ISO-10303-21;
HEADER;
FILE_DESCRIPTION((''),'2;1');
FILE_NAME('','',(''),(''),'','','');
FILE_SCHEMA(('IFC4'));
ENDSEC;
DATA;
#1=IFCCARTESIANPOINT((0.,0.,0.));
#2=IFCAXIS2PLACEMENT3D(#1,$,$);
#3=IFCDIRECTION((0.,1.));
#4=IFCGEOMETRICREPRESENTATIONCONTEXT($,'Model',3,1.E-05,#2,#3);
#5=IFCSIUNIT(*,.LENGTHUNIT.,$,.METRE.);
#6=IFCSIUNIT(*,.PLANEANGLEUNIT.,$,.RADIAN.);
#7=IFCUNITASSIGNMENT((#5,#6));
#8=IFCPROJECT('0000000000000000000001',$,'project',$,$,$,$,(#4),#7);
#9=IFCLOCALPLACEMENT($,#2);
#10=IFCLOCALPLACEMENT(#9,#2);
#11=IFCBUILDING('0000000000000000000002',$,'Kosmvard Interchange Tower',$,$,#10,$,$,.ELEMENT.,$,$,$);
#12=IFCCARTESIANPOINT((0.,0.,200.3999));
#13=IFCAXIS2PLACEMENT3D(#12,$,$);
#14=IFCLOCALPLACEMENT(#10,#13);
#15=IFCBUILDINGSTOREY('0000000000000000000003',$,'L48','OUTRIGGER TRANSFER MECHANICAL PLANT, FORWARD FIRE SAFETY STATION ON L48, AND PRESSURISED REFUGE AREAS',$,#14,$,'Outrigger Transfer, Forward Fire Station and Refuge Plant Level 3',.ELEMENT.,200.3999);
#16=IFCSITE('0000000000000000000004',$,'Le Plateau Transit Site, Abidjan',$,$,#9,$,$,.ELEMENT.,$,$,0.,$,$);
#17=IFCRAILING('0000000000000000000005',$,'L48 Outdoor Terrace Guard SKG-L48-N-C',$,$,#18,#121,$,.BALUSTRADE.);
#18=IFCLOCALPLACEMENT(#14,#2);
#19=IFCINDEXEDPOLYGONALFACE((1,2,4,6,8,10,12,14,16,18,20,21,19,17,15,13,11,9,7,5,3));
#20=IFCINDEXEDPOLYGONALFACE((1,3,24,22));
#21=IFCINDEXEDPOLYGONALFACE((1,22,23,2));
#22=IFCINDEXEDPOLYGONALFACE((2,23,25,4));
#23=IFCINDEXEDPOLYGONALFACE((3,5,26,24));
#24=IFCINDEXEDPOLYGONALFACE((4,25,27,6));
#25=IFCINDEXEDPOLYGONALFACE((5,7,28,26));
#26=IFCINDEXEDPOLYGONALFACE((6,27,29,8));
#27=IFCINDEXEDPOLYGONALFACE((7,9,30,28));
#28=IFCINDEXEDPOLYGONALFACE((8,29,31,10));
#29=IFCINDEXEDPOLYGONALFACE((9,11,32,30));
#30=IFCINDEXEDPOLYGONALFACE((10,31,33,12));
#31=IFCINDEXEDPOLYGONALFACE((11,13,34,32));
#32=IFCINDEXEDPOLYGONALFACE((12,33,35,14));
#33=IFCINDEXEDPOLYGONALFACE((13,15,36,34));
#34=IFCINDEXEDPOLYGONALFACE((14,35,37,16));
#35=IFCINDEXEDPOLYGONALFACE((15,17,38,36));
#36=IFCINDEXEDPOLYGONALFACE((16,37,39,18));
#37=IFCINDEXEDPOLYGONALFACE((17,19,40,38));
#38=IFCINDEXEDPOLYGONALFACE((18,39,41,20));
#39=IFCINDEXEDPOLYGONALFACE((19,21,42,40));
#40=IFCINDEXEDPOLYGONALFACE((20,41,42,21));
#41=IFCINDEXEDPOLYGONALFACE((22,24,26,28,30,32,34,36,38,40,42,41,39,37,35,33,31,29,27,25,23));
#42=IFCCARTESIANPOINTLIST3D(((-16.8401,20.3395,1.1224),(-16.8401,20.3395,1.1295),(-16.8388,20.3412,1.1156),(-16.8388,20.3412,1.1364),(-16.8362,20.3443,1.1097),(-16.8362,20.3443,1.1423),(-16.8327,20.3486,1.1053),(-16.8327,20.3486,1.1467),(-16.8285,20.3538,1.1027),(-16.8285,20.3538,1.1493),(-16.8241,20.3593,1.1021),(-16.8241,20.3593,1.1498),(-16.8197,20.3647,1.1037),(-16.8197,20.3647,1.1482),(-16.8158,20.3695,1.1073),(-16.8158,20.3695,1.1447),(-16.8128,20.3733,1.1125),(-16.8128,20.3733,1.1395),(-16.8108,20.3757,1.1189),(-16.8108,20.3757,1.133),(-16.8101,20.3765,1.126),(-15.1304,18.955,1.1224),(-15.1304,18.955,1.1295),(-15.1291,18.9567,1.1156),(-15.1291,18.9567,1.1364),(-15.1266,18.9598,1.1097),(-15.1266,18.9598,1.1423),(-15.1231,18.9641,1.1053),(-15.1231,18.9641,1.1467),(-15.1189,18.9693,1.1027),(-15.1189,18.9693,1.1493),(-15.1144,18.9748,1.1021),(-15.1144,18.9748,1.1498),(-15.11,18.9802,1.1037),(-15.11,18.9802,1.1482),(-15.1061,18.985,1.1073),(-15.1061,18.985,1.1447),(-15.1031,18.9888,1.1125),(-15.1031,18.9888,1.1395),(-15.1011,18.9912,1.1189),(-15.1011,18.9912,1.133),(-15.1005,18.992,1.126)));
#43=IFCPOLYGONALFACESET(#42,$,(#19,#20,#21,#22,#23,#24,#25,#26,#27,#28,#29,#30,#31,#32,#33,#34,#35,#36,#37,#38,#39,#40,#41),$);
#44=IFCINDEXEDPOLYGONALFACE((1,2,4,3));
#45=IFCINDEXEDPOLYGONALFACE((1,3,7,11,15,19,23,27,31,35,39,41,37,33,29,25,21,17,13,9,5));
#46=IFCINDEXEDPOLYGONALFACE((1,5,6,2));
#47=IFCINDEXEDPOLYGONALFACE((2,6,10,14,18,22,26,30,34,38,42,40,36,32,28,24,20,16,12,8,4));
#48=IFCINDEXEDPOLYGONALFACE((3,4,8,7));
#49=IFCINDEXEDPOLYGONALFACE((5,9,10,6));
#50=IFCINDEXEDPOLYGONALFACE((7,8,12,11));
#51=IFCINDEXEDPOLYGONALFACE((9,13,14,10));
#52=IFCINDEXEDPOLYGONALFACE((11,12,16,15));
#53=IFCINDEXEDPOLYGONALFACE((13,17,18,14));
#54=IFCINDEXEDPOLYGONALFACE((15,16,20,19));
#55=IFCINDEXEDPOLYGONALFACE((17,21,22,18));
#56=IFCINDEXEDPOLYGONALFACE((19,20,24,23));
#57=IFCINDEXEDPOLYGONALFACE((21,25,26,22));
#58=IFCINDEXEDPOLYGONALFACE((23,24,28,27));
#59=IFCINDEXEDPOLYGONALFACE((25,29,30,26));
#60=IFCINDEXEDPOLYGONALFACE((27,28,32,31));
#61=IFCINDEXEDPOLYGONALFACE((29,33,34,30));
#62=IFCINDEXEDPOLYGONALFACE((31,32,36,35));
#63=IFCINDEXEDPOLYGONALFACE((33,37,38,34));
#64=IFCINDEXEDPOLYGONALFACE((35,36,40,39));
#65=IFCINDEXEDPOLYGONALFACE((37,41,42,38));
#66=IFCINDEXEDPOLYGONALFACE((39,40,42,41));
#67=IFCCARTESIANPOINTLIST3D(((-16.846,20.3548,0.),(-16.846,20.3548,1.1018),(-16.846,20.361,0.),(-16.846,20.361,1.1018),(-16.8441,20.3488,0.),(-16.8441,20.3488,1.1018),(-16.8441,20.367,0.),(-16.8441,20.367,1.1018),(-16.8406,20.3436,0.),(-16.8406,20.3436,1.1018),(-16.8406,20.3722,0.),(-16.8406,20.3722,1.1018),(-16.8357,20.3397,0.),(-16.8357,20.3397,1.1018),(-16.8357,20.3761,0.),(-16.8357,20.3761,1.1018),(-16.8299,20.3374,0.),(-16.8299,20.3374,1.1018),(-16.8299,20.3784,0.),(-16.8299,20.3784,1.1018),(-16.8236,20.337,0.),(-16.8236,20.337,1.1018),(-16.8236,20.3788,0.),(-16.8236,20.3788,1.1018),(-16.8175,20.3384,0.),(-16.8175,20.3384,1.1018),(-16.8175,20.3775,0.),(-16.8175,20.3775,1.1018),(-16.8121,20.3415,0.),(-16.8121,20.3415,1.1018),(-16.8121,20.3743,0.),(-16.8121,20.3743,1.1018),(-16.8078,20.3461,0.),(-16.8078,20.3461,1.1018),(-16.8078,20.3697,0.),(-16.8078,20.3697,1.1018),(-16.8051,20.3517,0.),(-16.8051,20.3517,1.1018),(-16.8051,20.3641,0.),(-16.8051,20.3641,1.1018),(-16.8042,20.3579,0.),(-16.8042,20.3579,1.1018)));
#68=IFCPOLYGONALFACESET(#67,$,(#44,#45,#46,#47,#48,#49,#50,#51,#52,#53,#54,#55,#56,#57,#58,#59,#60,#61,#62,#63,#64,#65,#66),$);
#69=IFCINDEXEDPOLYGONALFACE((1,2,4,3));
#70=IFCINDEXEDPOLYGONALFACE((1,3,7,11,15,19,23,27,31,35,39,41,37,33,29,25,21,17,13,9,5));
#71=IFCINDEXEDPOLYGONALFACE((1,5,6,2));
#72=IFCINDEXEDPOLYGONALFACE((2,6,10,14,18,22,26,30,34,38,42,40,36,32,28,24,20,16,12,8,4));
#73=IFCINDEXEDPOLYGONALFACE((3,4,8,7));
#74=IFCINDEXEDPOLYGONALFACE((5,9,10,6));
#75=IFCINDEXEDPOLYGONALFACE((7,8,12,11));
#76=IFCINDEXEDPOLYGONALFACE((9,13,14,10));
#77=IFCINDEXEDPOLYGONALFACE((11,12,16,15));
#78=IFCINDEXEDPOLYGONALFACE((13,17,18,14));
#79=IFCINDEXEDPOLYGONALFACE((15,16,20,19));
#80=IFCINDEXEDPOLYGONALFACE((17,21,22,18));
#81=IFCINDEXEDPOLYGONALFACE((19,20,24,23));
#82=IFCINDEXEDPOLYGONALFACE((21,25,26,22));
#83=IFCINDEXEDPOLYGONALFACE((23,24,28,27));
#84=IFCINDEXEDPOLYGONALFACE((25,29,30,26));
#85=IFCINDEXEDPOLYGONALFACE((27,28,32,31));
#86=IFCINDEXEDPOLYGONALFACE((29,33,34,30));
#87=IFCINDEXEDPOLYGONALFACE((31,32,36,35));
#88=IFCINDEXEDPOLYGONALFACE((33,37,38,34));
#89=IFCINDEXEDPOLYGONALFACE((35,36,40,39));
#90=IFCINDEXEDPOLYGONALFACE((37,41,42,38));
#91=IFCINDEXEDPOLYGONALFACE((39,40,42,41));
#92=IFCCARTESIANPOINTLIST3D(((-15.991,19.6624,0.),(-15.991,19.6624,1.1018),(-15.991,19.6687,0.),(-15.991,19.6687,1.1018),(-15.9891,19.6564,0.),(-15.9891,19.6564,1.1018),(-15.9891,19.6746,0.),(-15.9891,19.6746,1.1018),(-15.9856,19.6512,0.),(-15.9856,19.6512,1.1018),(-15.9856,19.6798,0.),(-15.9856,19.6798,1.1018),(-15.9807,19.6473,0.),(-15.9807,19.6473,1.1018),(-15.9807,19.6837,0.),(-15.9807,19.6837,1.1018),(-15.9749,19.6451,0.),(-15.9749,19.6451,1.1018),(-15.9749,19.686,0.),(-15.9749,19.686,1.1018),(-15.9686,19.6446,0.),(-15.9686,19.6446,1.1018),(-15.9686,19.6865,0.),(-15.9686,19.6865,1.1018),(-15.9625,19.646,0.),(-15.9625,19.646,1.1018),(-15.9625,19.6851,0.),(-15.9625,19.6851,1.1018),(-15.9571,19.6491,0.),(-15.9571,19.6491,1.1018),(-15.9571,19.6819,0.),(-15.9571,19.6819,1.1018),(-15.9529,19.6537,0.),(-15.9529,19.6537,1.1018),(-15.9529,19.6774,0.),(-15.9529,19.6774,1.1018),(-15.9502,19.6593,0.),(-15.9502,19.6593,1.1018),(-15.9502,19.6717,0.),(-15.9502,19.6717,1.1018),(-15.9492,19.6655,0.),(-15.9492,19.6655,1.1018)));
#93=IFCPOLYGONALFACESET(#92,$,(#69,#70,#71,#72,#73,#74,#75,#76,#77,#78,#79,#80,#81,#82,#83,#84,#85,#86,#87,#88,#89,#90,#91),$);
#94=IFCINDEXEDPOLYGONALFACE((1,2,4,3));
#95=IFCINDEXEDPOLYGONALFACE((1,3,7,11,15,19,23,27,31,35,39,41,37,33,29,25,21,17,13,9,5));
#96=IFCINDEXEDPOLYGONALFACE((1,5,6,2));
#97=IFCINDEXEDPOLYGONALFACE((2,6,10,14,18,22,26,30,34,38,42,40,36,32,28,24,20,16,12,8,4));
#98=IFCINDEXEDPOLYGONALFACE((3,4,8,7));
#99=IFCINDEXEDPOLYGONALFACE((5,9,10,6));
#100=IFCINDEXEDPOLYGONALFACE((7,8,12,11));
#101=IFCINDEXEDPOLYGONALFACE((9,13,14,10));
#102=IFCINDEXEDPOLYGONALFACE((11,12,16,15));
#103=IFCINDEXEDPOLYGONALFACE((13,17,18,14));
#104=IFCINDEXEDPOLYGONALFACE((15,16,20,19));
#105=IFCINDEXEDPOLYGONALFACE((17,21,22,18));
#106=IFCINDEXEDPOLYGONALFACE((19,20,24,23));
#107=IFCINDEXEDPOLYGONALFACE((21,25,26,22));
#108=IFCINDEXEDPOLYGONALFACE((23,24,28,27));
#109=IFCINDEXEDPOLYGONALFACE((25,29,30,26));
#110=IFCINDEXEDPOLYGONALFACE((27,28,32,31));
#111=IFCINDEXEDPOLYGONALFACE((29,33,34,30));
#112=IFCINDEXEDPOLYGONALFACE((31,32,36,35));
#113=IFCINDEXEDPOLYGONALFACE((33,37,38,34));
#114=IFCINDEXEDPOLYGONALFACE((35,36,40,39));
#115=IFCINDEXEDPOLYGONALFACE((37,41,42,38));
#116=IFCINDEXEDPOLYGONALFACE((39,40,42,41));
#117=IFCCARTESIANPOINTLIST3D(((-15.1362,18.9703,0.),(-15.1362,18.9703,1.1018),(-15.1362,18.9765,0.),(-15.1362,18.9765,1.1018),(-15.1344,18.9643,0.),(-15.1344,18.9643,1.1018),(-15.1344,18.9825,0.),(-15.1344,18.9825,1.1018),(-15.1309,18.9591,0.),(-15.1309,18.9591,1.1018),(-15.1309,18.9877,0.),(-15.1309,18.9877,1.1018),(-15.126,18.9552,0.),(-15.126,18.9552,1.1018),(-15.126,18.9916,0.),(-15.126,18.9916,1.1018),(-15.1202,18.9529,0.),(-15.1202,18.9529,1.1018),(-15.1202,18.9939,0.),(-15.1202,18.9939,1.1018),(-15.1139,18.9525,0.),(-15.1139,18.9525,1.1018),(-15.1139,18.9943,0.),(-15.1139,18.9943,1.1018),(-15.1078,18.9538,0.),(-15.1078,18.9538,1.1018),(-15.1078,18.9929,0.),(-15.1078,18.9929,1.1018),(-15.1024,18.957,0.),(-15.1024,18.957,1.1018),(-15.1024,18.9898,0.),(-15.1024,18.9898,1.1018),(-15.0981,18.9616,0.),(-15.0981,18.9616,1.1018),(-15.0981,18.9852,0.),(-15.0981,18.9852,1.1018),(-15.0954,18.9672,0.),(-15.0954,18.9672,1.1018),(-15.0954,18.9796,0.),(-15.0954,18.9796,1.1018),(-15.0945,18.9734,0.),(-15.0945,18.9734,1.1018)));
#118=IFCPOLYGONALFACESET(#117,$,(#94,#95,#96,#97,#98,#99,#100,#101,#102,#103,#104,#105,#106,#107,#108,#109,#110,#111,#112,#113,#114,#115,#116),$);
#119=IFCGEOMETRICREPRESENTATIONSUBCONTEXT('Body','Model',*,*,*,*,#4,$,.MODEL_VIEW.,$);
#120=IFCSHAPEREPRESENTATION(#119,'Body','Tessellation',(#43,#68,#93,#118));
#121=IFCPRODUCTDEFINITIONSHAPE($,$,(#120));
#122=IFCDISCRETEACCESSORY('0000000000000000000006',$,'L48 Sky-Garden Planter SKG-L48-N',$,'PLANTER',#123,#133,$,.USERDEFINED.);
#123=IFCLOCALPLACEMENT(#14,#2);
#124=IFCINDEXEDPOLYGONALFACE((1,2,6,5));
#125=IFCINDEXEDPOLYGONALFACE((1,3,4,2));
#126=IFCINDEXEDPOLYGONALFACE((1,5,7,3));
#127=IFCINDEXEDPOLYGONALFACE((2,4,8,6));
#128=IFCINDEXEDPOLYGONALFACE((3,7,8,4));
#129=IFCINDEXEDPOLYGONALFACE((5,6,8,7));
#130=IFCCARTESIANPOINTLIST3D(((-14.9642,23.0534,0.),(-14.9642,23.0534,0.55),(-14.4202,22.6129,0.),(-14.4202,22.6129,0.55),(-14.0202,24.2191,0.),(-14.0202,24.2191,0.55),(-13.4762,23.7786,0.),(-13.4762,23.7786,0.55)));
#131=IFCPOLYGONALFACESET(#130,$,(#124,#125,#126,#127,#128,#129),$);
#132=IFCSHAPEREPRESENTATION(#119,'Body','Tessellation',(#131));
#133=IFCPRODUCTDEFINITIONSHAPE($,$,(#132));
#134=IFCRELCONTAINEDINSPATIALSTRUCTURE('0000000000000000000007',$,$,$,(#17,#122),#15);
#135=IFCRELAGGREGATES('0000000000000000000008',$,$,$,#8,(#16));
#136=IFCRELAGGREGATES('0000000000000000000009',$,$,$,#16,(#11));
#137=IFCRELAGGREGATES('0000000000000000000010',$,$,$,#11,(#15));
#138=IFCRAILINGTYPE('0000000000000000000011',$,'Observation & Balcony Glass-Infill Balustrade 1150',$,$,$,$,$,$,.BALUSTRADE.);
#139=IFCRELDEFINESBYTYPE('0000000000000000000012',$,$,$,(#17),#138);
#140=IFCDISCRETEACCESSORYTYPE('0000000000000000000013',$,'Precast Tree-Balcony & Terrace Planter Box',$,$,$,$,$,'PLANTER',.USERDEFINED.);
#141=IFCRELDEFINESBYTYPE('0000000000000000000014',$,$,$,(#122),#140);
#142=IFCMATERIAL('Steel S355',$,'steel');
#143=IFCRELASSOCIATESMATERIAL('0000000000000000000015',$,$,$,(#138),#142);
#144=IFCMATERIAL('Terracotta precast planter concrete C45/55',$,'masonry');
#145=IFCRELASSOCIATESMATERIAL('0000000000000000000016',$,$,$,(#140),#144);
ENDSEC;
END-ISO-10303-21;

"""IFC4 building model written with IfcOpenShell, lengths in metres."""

from ifc_helpers import new_model, si_unit, direction, frame, origin, origin_2d, place, context, subcontext, project, spatial, rectangle, circle, extrude, source, transform, mapped, material, type_object, element, save


model = new_model("IFC4")

# Units and contexts
model_context = context("Model", 3, precision=1e-05, world=origin(), true_north=direction((0.0, 1.0)))
body_context = subcontext(model_context, "Body", "Model", "MODEL_VIEW")
ifc_project = project(units=[si_unit("LENGTHUNIT", "METRE"), si_unit("PLANEANGLEUNIT", "RADIAN")], contexts=[model_context])

# Site, building, storey
site_placement = place(None, origin())
site = spatial("IfcSite", under=ifc_project, at=site_placement, Name="Le Plateau Transit Site, Abidjan", CompositionType="ELEMENT", RefElevation=0.0)
building_placement = place(site_placement, origin())
building = spatial("IfcBuilding", under=site, at=building_placement, Name="Kosmvard Interchange Tower", CompositionType="ELEMENT")
storey_placement = place(building_placement, frame((0.0, 0.0, 200.3999)))
storey = spatial("IfcBuildingStorey", under=building, at=storey_placement, Name="L48", Description="OUTRIGGER TRANSFER MECHANICAL PLANT, FORWARD FIRE SAFETY STATION ON L48, AND PRESSURISED REFUGE AREAS", LongName="Outrigger Transfer, Forward Fire Station and Refuge Plant Level 3", CompositionType="ELEMENT", Elevation=200.3999)

# Shared definitions
ifc_material_1 = material(Name="Steel S355", Category="steel")

# Railing
railing_type = type_object("IfcRailingType", Name="Observation & Balcony Glass-Infill Balustrade 1150", PredefinedType="BALUSTRADE", material=ifc_material_1)
shared_shape_1 = source(origin(), body_context, "Body", "SweptSolid", [
    extrude(circle(Radius=0.0239, at=origin_2d()), frame((0.0, 0.0, 1.126), z_axis=(0.777141, -0.629326, 0.0), x_axis=(0.629326, 0.777141, 0.0)), (0.0, 0.0, 1.0), 2.2),
    extrude(circle(Radius=0.021, at=origin_2d()), origin(), (0.0, 0.0, 1.0), 1.1018),
    extrude(circle(Radius=0.021, at=origin_2d()), frame((0.855, -0.6924, 0.0)), (0.0, 0.0, 1.0), 1.1018),
    extrude(circle(Radius=0.021, at=origin_2d()), frame((1.7097, -1.3845, 0.0)), (0.0, 0.0, 1.0), 1.1018),
])
railing_1_placement = place(storey_placement, frame((-16.8252, 20.3579, 0.0)))
element("IfcRailing", 1, at=railing_1_placement, inside=storey, type_object=railing_type, Name="L48 Outdoor Terrace Guard SKG-L48-N-C", PredefinedType="BALUSTRADE", context=body_context, shape_type="MappedRepresentation", body=[
    mapped(shared_shape_1, transform((0.0, 0.0, 0.0), scale=1.0)),
])

# Discrete accessory
ifc_material_2 = material(Name="Terracotta precast planter concrete C45/55", Category="masonry")
discrete_accessory_type = type_object("IfcDiscreteAccessoryType", Name="Precast Tree-Balcony & Terrace Planter Box", ElementType="PLANTER", PredefinedType="USERDEFINED", material=ifc_material_2)
shared_shape_2 = source(origin(), body_context, "Body", "SweptSolid", [
    extrude(rectangle(XDim=1.5, YDim=0.7, at=origin_2d()), origin(), (0.0, 0.0, 1.0), 0.55),
])
discrete_accessory_placement = place(storey_placement, frame((-14.2202, 23.416, 0.0), z_axis=(0.0, 0.0, 1.0), x_axis=(0.62932, 0.777146, 0.0)))
element("IfcDiscreteAccessory", 2, at=discrete_accessory_placement, inside=storey, type_object=discrete_accessory_type, Name="L48 Sky-Garden Planter SKG-L48-N", ObjectType="PLANTER", PredefinedType="USERDEFINED", context=body_context, shape_type="MappedRepresentation", body=[
    mapped(shared_shape_2, transform((0.0, 0.0, 0.0), scale=1.0)),
])

save(model, "model.ifc")
